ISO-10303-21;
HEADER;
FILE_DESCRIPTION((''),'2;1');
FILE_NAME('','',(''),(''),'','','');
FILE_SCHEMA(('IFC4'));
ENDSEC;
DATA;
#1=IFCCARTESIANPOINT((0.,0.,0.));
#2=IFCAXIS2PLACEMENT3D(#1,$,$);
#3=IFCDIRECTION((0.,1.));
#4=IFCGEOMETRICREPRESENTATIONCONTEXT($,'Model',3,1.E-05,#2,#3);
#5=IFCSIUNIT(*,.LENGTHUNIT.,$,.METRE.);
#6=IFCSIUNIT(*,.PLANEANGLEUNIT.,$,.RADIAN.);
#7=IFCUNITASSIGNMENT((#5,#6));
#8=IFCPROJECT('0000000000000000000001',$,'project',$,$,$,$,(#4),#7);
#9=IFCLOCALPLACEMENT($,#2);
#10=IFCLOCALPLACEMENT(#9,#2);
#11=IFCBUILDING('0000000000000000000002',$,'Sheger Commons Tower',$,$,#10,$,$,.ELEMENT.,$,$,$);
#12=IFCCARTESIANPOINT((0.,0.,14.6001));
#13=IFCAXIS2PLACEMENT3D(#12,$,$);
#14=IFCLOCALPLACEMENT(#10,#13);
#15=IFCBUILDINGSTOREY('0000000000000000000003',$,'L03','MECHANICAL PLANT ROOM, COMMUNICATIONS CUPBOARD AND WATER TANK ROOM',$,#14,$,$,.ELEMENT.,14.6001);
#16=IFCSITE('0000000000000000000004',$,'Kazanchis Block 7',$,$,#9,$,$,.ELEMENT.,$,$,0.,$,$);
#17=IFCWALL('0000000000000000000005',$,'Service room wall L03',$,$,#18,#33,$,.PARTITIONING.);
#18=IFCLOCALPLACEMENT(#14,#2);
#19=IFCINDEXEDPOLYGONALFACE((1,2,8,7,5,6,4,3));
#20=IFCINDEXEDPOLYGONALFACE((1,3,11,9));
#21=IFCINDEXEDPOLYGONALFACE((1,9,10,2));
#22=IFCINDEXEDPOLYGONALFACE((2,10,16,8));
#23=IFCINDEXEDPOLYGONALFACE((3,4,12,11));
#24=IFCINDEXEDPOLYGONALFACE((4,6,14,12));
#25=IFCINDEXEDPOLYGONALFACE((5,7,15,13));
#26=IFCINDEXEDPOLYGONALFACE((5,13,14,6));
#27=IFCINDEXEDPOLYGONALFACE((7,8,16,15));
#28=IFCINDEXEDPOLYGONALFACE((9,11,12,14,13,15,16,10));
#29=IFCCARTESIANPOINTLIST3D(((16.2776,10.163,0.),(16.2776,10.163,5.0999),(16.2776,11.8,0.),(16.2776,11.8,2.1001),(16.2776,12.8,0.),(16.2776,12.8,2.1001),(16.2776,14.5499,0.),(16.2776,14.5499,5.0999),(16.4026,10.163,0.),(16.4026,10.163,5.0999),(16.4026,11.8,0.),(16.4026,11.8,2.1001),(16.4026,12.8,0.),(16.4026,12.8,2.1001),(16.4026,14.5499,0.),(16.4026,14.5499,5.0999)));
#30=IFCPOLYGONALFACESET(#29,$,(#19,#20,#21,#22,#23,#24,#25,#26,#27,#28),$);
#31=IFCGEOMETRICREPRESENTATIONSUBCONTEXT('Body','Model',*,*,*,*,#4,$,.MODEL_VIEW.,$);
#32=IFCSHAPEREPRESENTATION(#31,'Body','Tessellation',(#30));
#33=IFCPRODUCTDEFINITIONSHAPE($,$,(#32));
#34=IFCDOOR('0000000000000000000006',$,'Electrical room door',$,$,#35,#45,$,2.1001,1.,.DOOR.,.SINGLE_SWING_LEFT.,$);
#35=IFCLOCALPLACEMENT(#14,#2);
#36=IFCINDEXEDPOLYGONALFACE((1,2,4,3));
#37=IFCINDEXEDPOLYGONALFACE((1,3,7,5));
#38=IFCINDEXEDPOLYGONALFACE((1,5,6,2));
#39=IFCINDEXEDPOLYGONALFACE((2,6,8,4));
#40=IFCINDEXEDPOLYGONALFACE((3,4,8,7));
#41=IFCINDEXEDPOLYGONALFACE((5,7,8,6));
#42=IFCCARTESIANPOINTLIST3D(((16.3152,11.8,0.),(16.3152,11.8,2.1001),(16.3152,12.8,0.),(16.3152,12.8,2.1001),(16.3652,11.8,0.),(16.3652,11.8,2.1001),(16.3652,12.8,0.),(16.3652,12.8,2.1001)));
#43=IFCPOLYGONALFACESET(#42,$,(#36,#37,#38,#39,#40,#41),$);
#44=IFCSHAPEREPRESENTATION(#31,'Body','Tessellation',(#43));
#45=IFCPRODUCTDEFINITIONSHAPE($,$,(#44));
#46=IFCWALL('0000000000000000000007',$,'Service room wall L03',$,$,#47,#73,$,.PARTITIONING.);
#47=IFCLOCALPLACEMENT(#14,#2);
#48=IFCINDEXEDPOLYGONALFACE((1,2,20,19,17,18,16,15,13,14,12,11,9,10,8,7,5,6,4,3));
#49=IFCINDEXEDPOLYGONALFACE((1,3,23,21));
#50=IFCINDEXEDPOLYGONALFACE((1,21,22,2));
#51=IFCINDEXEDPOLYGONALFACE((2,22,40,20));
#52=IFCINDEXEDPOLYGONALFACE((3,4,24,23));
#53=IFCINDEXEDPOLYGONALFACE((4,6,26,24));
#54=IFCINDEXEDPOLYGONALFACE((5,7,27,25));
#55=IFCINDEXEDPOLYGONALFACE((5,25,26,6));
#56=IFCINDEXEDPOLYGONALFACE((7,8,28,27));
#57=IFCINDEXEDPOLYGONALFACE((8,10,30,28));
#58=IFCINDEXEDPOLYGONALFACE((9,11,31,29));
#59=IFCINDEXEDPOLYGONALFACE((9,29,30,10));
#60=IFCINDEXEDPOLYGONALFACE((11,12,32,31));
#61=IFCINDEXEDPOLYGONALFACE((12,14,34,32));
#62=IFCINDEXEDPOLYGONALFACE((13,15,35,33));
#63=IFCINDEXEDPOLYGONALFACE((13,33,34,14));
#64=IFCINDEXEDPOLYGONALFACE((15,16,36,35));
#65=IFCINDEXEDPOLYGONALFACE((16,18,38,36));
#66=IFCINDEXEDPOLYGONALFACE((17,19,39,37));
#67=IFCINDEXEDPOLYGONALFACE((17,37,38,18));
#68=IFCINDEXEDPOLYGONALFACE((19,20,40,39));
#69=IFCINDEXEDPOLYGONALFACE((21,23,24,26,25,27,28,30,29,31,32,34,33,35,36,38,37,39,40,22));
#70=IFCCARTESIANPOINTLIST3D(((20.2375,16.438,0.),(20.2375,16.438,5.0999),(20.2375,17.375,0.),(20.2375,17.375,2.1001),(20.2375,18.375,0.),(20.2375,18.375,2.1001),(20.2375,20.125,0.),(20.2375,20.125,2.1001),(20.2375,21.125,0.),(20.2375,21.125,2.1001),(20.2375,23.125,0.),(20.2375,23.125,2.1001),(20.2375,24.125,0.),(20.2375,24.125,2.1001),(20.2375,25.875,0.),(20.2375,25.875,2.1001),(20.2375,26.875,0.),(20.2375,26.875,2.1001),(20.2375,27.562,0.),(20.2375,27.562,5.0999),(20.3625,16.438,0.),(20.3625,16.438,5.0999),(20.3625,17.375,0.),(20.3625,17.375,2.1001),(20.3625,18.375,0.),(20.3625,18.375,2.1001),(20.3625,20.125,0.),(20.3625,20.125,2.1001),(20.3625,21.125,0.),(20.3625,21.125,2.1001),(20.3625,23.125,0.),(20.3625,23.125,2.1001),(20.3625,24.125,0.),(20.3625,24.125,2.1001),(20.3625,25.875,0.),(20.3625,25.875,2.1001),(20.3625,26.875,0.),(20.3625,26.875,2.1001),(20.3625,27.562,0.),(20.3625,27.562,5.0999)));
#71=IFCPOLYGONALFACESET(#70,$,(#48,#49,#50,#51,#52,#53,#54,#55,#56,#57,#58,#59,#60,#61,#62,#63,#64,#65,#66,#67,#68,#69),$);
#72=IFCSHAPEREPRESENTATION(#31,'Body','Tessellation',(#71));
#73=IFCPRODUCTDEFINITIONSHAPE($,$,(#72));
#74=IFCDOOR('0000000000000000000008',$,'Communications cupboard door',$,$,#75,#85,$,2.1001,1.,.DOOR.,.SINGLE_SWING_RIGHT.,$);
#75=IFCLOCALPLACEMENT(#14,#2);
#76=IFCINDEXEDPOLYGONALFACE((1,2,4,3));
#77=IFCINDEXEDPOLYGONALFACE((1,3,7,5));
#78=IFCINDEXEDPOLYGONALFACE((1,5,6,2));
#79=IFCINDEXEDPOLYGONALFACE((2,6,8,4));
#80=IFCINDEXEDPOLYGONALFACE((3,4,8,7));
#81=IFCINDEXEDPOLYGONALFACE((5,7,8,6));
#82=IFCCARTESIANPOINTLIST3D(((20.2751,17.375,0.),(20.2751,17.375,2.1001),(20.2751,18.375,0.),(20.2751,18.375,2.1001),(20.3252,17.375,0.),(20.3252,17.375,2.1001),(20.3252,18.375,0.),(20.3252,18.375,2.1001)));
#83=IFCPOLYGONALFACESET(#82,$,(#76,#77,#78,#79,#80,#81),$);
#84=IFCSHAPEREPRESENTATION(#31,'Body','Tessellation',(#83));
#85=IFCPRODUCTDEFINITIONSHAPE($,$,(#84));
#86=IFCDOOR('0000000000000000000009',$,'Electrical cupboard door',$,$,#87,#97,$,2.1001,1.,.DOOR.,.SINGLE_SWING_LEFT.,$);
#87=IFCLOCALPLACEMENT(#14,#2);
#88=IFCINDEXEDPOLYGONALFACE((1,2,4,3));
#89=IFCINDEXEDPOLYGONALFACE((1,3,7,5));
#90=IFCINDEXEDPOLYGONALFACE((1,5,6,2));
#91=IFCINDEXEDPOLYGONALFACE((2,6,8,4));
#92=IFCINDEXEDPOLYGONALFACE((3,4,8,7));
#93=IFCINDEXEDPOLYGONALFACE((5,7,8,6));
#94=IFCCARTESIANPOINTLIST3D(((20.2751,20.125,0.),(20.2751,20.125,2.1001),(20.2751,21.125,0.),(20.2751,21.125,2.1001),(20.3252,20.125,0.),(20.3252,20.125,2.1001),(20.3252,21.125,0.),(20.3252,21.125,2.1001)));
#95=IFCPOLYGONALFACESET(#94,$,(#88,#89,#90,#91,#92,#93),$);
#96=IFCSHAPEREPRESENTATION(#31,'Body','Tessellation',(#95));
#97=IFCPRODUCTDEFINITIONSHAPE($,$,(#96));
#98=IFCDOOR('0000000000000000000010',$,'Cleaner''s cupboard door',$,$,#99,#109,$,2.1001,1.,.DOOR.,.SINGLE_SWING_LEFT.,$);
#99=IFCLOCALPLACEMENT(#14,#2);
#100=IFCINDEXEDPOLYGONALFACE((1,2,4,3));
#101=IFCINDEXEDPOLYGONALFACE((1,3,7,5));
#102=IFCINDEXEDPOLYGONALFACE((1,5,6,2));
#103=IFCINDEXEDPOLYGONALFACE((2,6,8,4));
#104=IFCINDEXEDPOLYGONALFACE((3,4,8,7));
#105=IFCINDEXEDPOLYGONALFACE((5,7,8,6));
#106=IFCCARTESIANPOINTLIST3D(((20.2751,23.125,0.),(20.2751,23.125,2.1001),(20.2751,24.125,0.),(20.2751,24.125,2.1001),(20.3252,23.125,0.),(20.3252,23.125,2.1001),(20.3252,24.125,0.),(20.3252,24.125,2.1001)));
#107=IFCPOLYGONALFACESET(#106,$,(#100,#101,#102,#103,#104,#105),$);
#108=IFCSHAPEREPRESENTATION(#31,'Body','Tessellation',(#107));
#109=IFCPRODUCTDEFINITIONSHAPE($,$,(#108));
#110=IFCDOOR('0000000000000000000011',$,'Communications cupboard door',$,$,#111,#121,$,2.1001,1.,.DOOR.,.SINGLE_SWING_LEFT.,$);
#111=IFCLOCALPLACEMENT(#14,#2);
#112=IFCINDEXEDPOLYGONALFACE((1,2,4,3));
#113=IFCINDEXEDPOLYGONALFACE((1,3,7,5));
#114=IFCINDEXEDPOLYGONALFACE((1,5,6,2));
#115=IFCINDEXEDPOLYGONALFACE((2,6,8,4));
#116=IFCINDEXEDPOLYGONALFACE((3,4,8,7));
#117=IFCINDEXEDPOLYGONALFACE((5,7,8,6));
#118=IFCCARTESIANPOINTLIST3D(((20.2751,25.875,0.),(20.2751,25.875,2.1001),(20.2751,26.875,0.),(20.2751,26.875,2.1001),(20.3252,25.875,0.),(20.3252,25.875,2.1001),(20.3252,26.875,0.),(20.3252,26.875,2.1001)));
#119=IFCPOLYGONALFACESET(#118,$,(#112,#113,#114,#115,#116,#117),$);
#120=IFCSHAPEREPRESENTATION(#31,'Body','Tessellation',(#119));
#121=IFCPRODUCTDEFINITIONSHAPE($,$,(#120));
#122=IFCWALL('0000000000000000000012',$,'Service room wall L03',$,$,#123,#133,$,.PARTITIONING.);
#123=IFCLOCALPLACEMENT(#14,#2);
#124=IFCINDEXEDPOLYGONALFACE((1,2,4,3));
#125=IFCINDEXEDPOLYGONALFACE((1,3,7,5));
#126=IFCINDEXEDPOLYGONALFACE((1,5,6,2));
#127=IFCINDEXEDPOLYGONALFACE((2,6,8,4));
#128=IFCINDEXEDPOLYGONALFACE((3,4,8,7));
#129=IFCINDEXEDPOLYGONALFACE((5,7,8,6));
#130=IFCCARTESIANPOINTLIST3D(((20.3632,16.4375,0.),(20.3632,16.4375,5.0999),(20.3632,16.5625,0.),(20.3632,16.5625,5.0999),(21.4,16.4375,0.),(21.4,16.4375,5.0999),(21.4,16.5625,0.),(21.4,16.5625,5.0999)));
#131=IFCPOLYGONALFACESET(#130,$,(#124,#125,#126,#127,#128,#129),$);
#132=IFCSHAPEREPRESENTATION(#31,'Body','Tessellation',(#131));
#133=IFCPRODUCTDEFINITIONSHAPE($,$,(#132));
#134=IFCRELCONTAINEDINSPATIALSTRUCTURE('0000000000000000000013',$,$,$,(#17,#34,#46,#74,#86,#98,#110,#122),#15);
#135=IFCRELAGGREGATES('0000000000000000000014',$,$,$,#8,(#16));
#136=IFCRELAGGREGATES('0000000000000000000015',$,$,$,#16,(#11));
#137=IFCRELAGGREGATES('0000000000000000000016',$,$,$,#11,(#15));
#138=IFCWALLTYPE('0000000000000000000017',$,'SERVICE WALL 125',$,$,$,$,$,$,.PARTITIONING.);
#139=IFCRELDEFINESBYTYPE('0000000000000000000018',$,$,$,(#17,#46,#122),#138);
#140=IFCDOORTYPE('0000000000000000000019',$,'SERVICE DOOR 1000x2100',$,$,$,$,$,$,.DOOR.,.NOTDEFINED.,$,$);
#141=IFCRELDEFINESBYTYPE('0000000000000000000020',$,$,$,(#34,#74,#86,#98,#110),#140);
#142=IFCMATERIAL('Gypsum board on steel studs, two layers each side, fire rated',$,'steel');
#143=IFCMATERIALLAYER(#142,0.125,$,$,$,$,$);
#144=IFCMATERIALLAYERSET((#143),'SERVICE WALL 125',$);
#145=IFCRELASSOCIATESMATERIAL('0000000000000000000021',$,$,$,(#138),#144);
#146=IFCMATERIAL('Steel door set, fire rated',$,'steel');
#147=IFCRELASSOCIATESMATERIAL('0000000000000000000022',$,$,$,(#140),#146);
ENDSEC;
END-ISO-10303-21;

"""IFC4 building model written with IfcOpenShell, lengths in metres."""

from ifc_helpers import new_model, si_unit, direction, frame, frame_2d, origin, place, context, subcontext, project, spatial, rectangle, extrude, material, layer, layer_set, type_object, element, fill, save


model = new_model("IFC4")

# Units and contexts
model_context = context("Model", 3, precision=1e-05, world=origin(), true_north=direction((0.0, 1.0)))
body_context = subcontext(model_context, "Body", "Model", "MODEL_VIEW")
ifc_project = project(units=[si_unit("LENGTHUNIT", "METRE"), si_unit("PLANEANGLEUNIT", "RADIAN")], contexts=[model_context])

# Site, building, storey
site_placement = place(None, origin())
site = spatial("IfcSite", under=ifc_project, at=site_placement, Name="Kazanchis Block 7", CompositionType="ELEMENT", RefElevation=0.0)
building_placement = place(site_placement, origin())
building = spatial("IfcBuilding", under=site, at=building_placement, Name="Sheger Commons Tower", CompositionType="ELEMENT")
storey_placement = place(building_placement, frame((0.0, 0.0, 14.6001)))
storey = spatial("IfcBuildingStorey", under=building, at=storey_placement, Name="L03", Description="MECHANICAL PLANT ROOM, COMMUNICATIONS CUPBOARD AND WATER TANK ROOM", CompositionType="ELEMENT", Elevation=14.6001)

# Shared definitions
ifc_material_1 = material(Name="Gypsum board on steel studs, two layers each side, fire rated", Category="steel")
ifc_layer_1 = layer(ifc_material_1, 0.125)
ifc_layer_set_1 = layer_set([ifc_layer_1], Name="SERVICE WALL 125")
wall_type_1 = type_object("IfcWallType", Name="SERVICE WALL 125", PredefinedType="PARTITIONING", material=ifc_layer_set_1)
ifc_material_2 = material(Name="Steel door set, fire rated", Category="steel")
door_type_1 = type_object("IfcDoorType", Name="SERVICE DOOR 1000x2100", OperationType="NOTDEFINED", PredefinedType="DOOR", material=ifc_material_2)

# Wall, opening, door
wall_1_placement = place(storey_placement, frame((16.3401, 10.1631, 0.0), z_axis=(0.0, 0.0, 1.0), x_axis=(0.0, 1.0, 0.0)))
wall_1 = element("IfcWall", 1, at=wall_1_placement, inside=storey, type_object=wall_type_1, Name="Service room wall L03", PredefinedType="PARTITIONING", context=body_context, shape_type="SweptSolid", body=[
    extrude(rectangle(XDim=4.387, YDim=0.125, at=frame_2d((2.1934, 0.0))), origin(), (0.0, 0.0, 1.0), 5.0999),
])
opening_1_placement = place(wall_1_placement, frame((1.637, 0.0, 0.0)))
opening_1 = element("IfcOpeningElement", 2, at=opening_1_placement, cuts=wall_1, PredefinedType="OPENING", context=body_context, shape_type="SweptSolid", body=[
    extrude(rectangle(XDim=1.0, YDim=2.1001, at=frame_2d((0.5, 1.05))), frame((0.0, 0.0725, 0.0), z_axis=(0.0, -1.0, 0.0), x_axis=(1.0, 0.0, 0.0)), (0.0, 0.0, 1.0), 0.145),
])
door_1_placement = place(opening_1_placement, origin())
door_1 = element("IfcDoor", 3, at=door_1_placement, inside=storey, type_object=door_type_1, Name="Electrical room door", OperationType="SINGLE_SWING_LEFT", OverallHeight=2.1001, OverallWidth=1.0, PredefinedType="DOOR", context=body_context, shape_type="SweptSolid", body=[
    extrude(rectangle(XDim=1.0, YDim=2.1001, at=frame_2d((0.5, 1.05))), frame((0.0, 0.0249, 0.0), z_axis=(0.0, -1.0, 0.0), x_axis=(1.0, 0.0, 0.0)), (0.0, 0.0, 1.0), 0.05),
])
fill(opening_1, door_1)

# Wall, openings, doors
wall_2_placement = place(storey_placement, frame((20.3, 16.438, 0.0), z_axis=(0.0, 0.0, 1.0), x_axis=(0.0, 1.0, 0.0)))
wall_2 = element("IfcWall", 4, at=wall_2_placement, inside=storey, type_object=wall_type_1, Name="Service room wall L03", PredefinedType="PARTITIONING", context=body_context, shape_type="SweptSolid", body=[
    extrude(rectangle(XDim=11.124, YDim=0.125, at=frame_2d((5.562, 0.0))), origin(), (0.0, 0.0, 1.0), 5.0999),
])
opening_2_placement = place(wall_2_placement, frame((0.937, 0.0, 0.0)))
opening_2 = element("IfcOpeningElement", 5, at=opening_2_placement, cuts=wall_2, PredefinedType="OPENING", context=body_context, shape_type="SweptSolid", body=[
    extrude(rectangle(XDim=1.0, YDim=2.1001, at=frame_2d((0.5, 1.05))), frame((0.0, 0.0725, 0.0), z_axis=(0.0, -1.0, 0.0), x_axis=(1.0, 0.0, 0.0)), (0.0, 0.0, 1.0), 0.145),
])
opening_3_placement = place(wall_2_placement, frame((3.687, 0.0, 0.0)))
opening_3 = element("IfcOpeningElement", 6, at=opening_3_placement, cuts=wall_2, PredefinedType="OPENING", context=body_context, shape_type="SweptSolid", body=[
    extrude(rectangle(XDim=1.0, YDim=2.1001, at=frame_2d((0.5, 1.05))), frame((0.0, 0.0725, 0.0), z_axis=(0.0, -1.0, 0.0), x_axis=(1.0, 0.0, 0.0)), (0.0, 0.0, 1.0), 0.145),
])
opening_4_placement = place(wall_2_placement, frame((6.687, 0.0, 0.0)))
opening_4 = element("IfcOpeningElement", 7, at=opening_4_placement, cuts=wall_2, PredefinedType="OPENING", context=body_context, shape_type="SweptSolid", body=[
    extrude(rectangle(XDim=1.0, YDim=2.1001, at=frame_2d((0.5, 1.05))), frame((0.0, 0.0725, 0.0), z_axis=(0.0, -1.0, 0.0), x_axis=(1.0, 0.0, 0.0)), (0.0, 0.0, 1.0), 0.145),
])
opening_5_placement = place(wall_2_placement, frame((9.437, 0.0, 0.0)))
opening_5 = element("IfcOpeningElement", 8, at=opening_5_placement, cuts=wall_2, PredefinedType="OPENING", context=body_context, shape_type="SweptSolid", body=[
    extrude(rectangle(XDim=1.0, YDim=2.1001, at=frame_2d((0.5, 1.05))), frame((0.0, 0.0725, 0.0), z_axis=(0.0, -1.0, 0.0), x_axis=(1.0, 0.0, 0.0)), (0.0, 0.0, 1.0), 0.145),
])
door_2_placement = place(opening_2_placement, origin())
door_2 = element("IfcDoor", 9, at=door_2_placement, inside=storey, type_object=door_type_1, Name="Communications cupboard door", OperationType="SINGLE_SWING_RIGHT", OverallHeight=2.1001, OverallWidth=1.0, PredefinedType="DOOR", context=body_context, shape_type="SweptSolid", body=[
    extrude(rectangle(XDim=1.0, YDim=2.1001, at=frame_2d((0.5, 1.05))), frame((0.0, 0.0249, 0.0), z_axis=(0.0, -1.0, 0.0), x_axis=(1.0, 0.0, 0.0)), (0.0, 0.0, 1.0), 0.05),
])
fill(opening_2, door_2)
door_3_placement = place(opening_3_placement, origin())
door_3 = element("IfcDoor", 10, at=door_3_placement, inside=storey, type_object=door_type_1, Name="Electrical cupboard door", OperationType="SINGLE_SWING_LEFT", OverallHeight=2.1001, OverallWidth=1.0, PredefinedType="DOOR", context=body_context, shape_type="SweptSolid", body=[
    extrude(rectangle(XDim=1.0, YDim=2.1001, at=frame_2d((0.5, 1.05))), frame((0.0, 0.0249, 0.0), z_axis=(0.0, -1.0, 0.0), x_axis=(1.0, 0.0, 0.0)), (0.0, 0.0, 1.0), 0.05),
])
fill(opening_3, door_3)
door_4_placement = place(opening_4_placement, origin())
door_4 = element("IfcDoor", 11, at=door_4_placement, inside=storey, type_object=door_type_1, Name="Cleaner's cupboard door", OperationType="SINGLE_SWING_LEFT", OverallHeight=2.1001, OverallWidth=1.0, PredefinedType="DOOR", context=body_context, shape_type="SweptSolid", body=[
    extrude(rectangle(XDim=1.0, YDim=2.1001, at=frame_2d((0.5, 1.05))), frame((0.0, 0.0249, 0.0), z_axis=(0.0, -1.0, 0.0), x_axis=(1.0, 0.0, 0.0)), (0.0, 0.0, 1.0), 0.05),
])
fill(opening_4, door_4)
door_5_placement = place(opening_5_placement, origin())
door_5 = element("IfcDoor", 12, at=door_5_placement, inside=storey, type_object=door_type_1, Name="Communications cupboard door", OperationType="SINGLE_SWING_LEFT", OverallHeight=2.1001, OverallWidth=1.0, PredefinedType="DOOR", context=body_context, shape_type="SweptSolid", body=[
    extrude(rectangle(XDim=1.0, YDim=2.1001, at=frame_2d((0.5, 1.05))), frame((0.0, 0.0249, 0.0), z_axis=(0.0, -1.0, 0.0), x_axis=(1.0, 0.0, 0.0)), (0.0, 0.0, 1.0), 0.05),
])
fill(opening_5, door_5)

# Wall
wall_3_placement = place(storey_placement, frame((20.363, 16.5, 0.0), z_axis=(0.0, 0.0, 1.0), x_axis=(1.0, 0.0, 0.0)))
element("IfcWall", 13, at=wall_3_placement, inside=storey, type_object=wall_type_1, Name="Service room wall L03", PredefinedType="PARTITIONING", context=body_context, shape_type="SweptSolid", body=[
    extrude(rectangle(XDim=1.0369, YDim=0.125, at=frame_2d((0.5186, 0.0))), origin(), (0.0, 0.0, 1.0), 5.0999),
])

save(model, "model.ifc")
